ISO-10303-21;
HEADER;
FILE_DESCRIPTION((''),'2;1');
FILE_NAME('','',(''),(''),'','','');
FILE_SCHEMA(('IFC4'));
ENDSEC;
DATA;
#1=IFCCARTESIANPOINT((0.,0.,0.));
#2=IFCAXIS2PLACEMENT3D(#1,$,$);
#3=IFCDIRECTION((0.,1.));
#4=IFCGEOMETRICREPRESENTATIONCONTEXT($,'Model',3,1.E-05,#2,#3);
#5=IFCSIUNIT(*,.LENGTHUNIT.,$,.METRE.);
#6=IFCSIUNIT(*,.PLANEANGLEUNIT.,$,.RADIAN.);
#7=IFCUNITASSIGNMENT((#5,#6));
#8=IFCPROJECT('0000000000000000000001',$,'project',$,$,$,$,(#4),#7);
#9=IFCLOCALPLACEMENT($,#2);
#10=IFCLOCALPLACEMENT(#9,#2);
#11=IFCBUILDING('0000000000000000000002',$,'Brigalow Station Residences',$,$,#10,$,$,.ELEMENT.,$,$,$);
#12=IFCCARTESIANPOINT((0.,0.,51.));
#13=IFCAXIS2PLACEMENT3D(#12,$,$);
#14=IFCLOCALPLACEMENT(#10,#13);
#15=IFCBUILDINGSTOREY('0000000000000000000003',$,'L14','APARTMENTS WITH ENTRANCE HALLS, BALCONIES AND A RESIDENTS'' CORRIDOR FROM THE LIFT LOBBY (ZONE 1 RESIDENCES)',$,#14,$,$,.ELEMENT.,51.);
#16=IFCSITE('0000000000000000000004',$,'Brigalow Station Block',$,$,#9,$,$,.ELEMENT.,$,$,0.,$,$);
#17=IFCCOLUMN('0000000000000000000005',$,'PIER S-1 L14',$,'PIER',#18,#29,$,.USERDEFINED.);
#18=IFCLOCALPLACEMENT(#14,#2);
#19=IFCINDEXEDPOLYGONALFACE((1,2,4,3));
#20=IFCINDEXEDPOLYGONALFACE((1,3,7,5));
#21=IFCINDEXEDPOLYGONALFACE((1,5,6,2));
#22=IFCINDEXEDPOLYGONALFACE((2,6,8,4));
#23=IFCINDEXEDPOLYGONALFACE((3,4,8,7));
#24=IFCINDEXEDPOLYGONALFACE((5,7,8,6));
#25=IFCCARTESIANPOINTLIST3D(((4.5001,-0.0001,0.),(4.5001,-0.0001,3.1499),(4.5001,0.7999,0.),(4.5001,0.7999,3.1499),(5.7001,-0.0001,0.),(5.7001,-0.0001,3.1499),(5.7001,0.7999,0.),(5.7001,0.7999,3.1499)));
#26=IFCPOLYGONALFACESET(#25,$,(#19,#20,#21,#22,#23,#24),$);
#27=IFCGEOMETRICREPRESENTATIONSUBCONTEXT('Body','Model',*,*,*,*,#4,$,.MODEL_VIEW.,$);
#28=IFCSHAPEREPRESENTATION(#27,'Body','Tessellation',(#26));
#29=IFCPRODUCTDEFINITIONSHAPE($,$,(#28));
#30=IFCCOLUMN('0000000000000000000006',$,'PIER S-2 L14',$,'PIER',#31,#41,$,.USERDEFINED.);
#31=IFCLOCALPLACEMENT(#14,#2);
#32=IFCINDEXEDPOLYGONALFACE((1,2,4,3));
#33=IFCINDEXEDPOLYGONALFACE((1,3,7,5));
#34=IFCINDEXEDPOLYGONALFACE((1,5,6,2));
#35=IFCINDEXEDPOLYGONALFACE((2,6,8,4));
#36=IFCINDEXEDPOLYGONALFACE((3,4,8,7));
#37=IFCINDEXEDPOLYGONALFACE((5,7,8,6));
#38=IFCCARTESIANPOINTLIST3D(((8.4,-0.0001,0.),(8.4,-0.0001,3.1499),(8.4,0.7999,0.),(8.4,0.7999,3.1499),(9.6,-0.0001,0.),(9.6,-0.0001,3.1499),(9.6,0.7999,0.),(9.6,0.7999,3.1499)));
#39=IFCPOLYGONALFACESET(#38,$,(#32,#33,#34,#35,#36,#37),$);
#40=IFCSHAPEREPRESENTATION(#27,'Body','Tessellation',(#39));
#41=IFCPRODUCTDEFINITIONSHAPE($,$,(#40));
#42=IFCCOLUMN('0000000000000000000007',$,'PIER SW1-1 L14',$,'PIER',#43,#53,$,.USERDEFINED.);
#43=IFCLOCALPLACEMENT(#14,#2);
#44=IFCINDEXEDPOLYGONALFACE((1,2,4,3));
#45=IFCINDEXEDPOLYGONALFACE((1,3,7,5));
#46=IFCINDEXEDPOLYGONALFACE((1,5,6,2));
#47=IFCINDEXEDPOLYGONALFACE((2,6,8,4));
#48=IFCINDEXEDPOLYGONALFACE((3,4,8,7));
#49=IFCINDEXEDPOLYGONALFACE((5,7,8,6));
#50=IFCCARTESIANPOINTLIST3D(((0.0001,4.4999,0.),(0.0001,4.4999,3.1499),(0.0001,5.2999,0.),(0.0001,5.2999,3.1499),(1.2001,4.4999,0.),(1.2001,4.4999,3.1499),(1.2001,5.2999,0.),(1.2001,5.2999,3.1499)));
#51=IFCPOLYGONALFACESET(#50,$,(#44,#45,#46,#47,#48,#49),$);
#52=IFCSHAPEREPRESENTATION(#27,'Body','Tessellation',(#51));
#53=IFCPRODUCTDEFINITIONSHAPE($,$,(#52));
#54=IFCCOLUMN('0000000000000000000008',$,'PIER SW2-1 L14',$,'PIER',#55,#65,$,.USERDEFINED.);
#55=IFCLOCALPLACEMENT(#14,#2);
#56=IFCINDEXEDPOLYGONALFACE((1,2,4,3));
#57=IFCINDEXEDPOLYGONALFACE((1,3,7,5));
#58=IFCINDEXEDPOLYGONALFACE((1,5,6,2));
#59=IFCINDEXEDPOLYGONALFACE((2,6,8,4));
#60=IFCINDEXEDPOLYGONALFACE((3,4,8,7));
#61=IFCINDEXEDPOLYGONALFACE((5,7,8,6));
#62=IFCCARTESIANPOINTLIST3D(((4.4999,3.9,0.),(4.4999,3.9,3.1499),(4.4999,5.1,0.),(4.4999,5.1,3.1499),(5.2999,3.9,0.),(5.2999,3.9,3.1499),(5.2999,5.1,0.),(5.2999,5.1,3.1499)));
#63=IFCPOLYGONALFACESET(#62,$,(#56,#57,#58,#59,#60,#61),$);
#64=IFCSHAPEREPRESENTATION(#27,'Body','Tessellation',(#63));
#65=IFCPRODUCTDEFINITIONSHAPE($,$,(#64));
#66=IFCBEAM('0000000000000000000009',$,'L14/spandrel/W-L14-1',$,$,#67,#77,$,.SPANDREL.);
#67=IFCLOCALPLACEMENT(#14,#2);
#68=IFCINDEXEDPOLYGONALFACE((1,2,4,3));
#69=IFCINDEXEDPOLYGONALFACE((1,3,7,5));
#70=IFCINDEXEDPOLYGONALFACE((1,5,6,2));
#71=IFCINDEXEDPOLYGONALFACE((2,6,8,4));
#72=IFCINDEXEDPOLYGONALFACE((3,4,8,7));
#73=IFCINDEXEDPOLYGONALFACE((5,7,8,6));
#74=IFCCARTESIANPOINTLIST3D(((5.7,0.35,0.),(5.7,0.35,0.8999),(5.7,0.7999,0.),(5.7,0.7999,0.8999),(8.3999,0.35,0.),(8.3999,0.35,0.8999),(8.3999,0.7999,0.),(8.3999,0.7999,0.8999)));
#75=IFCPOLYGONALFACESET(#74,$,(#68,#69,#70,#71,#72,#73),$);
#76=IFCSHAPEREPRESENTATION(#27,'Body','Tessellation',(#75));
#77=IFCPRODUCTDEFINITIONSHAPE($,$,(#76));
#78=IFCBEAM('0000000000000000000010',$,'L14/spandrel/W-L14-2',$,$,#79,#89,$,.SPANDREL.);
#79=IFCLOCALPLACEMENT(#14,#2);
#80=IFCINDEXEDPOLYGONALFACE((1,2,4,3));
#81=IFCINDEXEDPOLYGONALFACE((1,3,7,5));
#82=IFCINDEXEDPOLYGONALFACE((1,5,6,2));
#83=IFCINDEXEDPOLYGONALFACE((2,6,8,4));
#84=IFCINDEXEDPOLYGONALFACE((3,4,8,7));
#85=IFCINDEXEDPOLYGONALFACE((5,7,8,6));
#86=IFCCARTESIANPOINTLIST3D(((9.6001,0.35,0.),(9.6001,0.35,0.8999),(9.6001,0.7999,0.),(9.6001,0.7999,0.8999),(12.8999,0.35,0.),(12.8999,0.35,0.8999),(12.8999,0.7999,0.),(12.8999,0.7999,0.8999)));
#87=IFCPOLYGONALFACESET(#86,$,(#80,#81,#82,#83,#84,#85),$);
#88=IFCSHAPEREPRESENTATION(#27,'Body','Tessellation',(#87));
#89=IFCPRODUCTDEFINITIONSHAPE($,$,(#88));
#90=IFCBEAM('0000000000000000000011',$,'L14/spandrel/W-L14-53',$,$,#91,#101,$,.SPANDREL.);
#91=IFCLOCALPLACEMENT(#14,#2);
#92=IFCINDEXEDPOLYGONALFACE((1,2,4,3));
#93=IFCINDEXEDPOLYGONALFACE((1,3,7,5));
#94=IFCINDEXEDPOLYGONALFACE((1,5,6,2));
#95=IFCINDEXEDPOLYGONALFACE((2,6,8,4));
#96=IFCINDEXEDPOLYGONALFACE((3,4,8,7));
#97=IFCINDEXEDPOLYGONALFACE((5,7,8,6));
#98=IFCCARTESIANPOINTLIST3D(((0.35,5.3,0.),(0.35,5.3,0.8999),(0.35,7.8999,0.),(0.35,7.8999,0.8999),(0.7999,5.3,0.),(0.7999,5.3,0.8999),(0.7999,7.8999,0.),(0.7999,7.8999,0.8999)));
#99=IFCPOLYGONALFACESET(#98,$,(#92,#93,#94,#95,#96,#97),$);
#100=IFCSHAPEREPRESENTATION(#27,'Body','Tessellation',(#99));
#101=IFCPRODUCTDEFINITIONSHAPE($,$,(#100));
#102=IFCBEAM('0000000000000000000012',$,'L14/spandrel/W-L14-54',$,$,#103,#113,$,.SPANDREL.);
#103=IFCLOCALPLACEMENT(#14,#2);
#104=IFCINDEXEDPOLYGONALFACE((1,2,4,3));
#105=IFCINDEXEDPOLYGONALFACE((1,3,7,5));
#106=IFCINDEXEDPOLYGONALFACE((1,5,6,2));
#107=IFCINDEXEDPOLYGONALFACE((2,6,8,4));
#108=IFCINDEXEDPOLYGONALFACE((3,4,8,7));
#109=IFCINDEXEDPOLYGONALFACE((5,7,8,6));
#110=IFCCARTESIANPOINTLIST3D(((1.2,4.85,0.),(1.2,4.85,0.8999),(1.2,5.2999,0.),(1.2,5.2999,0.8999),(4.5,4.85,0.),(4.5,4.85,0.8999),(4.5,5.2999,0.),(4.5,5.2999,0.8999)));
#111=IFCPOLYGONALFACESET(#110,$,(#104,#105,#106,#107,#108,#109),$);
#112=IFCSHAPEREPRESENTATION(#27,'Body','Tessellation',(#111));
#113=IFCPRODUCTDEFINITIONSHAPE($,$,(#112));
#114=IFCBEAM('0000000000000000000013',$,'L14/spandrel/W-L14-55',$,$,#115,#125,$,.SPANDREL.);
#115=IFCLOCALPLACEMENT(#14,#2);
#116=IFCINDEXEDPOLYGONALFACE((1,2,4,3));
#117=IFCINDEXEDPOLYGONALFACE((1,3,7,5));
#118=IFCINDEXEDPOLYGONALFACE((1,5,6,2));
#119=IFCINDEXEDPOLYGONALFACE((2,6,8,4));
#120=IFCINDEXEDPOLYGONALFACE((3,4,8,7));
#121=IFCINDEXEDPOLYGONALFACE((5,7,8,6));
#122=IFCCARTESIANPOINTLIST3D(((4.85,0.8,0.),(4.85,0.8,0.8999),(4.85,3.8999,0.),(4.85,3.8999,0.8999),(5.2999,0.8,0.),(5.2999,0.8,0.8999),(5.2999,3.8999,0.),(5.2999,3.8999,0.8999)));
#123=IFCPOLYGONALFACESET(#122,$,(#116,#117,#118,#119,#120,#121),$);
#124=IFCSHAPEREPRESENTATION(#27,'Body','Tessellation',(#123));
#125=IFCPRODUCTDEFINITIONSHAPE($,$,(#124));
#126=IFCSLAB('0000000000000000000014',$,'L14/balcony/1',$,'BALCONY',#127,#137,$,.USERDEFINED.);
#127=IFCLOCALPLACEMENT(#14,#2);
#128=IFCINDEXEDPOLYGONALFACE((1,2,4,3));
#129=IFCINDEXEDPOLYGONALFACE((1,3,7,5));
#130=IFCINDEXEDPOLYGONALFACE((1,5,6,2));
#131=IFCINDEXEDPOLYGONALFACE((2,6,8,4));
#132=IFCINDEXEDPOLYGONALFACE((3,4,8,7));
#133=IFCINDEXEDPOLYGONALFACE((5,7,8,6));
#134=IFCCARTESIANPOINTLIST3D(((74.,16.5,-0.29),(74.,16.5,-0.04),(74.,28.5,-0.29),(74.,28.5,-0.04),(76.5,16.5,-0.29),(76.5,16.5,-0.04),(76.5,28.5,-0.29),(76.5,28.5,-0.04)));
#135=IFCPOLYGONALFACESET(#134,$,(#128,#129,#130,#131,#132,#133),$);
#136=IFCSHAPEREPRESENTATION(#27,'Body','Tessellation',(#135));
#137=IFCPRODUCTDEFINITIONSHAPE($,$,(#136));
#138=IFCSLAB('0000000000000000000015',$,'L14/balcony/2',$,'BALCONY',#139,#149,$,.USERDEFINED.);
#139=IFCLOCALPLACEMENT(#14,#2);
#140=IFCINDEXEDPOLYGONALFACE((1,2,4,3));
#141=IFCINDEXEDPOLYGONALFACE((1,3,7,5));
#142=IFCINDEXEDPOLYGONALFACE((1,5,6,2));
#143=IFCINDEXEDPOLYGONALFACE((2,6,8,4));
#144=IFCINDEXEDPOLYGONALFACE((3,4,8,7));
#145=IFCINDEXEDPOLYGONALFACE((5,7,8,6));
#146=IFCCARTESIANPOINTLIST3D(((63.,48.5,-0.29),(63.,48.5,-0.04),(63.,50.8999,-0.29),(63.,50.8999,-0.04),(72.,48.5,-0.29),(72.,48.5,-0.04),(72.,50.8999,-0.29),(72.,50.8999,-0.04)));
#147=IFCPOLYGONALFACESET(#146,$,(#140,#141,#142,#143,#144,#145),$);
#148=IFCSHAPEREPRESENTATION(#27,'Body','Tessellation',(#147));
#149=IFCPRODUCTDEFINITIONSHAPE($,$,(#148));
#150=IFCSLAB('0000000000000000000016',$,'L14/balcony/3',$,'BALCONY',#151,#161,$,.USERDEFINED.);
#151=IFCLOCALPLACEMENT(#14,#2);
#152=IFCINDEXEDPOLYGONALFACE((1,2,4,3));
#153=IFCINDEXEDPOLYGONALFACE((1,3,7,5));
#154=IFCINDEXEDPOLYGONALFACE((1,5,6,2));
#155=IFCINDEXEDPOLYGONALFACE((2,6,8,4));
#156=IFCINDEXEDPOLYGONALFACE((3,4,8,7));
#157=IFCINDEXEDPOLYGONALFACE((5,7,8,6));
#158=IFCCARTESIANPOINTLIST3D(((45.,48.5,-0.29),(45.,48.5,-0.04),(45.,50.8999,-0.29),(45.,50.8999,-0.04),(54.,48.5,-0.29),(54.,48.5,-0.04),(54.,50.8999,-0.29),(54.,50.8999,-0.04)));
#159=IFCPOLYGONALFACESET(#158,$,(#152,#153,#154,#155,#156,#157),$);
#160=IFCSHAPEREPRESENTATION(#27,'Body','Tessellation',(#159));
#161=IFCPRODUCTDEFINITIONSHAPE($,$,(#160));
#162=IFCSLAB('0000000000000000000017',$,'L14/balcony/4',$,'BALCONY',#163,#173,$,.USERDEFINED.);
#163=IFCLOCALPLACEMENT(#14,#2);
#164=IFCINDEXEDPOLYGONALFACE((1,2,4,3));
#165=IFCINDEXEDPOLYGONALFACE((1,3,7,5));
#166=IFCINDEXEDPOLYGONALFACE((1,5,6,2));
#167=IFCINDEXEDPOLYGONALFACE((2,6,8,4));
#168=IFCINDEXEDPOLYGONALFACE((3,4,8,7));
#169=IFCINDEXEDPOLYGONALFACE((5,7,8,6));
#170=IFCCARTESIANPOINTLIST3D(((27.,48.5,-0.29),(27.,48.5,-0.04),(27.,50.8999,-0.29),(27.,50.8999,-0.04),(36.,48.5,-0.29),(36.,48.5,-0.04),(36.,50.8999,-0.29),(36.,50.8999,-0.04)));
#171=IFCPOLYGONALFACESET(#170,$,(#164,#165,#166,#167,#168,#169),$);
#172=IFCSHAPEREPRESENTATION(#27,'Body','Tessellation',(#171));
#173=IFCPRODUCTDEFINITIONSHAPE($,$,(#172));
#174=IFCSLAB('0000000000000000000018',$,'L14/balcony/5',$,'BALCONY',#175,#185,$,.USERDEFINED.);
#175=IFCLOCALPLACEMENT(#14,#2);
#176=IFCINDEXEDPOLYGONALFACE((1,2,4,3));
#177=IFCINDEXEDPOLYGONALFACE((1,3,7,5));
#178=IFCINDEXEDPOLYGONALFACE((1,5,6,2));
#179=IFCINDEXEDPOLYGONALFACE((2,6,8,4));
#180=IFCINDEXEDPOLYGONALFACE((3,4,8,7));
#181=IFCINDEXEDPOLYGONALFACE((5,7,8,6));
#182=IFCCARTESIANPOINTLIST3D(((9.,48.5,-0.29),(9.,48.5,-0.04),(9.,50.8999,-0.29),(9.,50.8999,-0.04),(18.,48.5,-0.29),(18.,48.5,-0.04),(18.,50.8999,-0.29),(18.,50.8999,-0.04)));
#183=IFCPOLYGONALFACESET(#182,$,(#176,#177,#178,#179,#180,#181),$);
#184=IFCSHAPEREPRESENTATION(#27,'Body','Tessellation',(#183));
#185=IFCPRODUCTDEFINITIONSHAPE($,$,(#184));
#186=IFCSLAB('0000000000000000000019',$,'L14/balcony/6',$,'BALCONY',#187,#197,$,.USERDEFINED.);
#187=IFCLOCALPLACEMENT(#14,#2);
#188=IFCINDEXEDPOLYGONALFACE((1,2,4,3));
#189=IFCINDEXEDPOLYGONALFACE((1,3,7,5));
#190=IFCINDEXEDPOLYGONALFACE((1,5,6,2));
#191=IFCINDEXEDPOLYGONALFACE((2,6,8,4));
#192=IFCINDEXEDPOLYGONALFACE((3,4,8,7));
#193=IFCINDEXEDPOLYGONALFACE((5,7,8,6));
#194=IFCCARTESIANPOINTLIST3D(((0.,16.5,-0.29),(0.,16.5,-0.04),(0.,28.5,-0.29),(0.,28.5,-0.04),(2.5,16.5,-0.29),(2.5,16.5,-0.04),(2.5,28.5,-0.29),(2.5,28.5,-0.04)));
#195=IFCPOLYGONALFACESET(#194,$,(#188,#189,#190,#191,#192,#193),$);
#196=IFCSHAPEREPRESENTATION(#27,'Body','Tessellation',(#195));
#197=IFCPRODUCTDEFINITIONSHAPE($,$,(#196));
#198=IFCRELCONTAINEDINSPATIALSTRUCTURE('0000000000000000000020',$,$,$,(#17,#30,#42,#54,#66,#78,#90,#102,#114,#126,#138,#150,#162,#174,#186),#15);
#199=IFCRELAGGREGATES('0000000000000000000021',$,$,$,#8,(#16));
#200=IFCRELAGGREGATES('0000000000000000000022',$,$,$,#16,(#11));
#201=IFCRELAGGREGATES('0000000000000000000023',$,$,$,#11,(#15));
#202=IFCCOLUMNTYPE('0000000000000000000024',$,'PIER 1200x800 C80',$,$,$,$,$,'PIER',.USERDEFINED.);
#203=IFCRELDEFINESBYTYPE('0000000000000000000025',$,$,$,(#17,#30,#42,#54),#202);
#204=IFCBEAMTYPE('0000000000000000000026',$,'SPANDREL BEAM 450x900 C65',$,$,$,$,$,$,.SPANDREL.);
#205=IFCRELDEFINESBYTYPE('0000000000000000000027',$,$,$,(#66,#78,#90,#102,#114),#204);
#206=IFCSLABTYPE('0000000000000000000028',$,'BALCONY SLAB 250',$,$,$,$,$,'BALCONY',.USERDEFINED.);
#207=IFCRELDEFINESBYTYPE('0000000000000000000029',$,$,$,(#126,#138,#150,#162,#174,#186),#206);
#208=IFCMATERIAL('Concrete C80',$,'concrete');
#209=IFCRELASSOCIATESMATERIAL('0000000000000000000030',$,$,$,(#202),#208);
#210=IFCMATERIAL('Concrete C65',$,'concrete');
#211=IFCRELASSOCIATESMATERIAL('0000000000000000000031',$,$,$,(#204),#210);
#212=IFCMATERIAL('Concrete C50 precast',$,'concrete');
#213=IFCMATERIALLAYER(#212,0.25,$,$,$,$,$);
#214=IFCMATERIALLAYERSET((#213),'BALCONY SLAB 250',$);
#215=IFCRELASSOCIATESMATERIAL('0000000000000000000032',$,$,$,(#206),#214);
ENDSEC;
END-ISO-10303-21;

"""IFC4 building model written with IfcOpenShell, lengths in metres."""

from ifc_helpers import new_model, si_unit, direction, frame, origin, origin_2d, place, context, subcontext, project, spatial, polyline, rectangle, outline, extrude, material, layer, layer_set, material_profile, profile_set, type_object, element, save


model = new_model("IFC4")

# Units and contexts
model_context = context("Model", 3, precision=1e-05, world=origin(), true_north=direction((0.0, 1.0)))
body_context = subcontext(model_context, "Body", "Model", "MODEL_VIEW")
ifc_project = project(units=[si_unit("LENGTHUNIT", "METRE"), si_unit("PLANEANGLEUNIT", "RADIAN")], contexts=[model_context])

# Site, building, storey
site_placement = place(None, origin())
site = spatial("IfcSite", under=ifc_project, at=site_placement, Name="Brigalow Station Block", CompositionType="ELEMENT", RefElevation=0.0)
building_placement = place(site_placement, origin())
building = spatial("IfcBuilding", under=site, at=building_placement, Name="Brigalow Station Residences", CompositionType="ELEMENT")
storey_placement = place(building_placement, frame((0.0, 0.0, 51.0)))
storey = spatial("IfcBuildingStorey", under=building, at=storey_placement, Name="L14", Description="APARTMENTS WITH ENTRANCE HALLS, BALCONIES AND A RESIDENTS' CORRIDOR FROM THE LIFT LOBBY (ZONE 1 RESIDENCES)", CompositionType="ELEMENT", Elevation=51.0)

# Columns
ifc_material_1 = material(Name="Concrete C80", Category="concrete")
ifc_material_profile_1 = material_profile(ifc_material_1, rectangle(XDim=1.2, YDim=0.8, at=origin_2d()), Name="RC1200x800")
ifc_profile_set_1 = profile_set([ifc_material_profile_1], Name="Concrete C80")
column_type = type_object("IfcColumnType", Name="PIER 1200x800 C80", ElementType="PIER", PredefinedType="USERDEFINED", material=ifc_profile_set_1)
for number, where, z_axis, x_axis, name in (
    (1, (5.1001, 0.3999, 0.0), (0.0, 0.0, 1.0), (1.0, 0.0, 0.0), "PIER S-1 L14"),
    (2, (9.0, 0.3999, 0.0), (0.0, 0.0, 1.0), (1.0, 0.0, 0.0), "PIER S-2 L14"),
    (3, (0.6001, 4.8999, 0.0), (0.0, 0.0, 1.0), (1.0, 0.0, 0.0), "PIER SW1-1 L14"),
    (4, (4.8999, 4.5, 0.0), (0.0, 0.0, 1.0), (0.0, -1.0, 0.0), "PIER SW2-1 L14"),
):
    element("IfcColumn", number, at=place(storey_placement, frame(where, z_axis=z_axis, x_axis=x_axis)), inside=storey, type_object=column_type, Name=name, ObjectType="PIER", PredefinedType="USERDEFINED", context=body_context, shape_type="SweptSolid", body=[
        extrude(rectangle(XDim=1.2, YDim=0.8, at=origin_2d()), origin(), (0.0, 0.0, 1.0), 3.1499),
    ])

# Beams
ifc_material_2 = material(Name="Concrete C65", Category="concrete")
ifc_material_profile_2 = material_profile(ifc_material_2, rectangle(XDim=0.45, YDim=0.8999, at=origin_2d()), Name="RC450x900")
ifc_profile_set_2 = profile_set([ifc_material_profile_2], Name="Concrete C65")
beam_type = type_object("IfcBeamType", Name="SPANDREL BEAM 450x900 C65", PredefinedType="SPANDREL", material=ifc_profile_set_2)
beam_1_placement = place(storey_placement, frame((5.7, 0.575, 0.45), z_axis=(1.0, 0.0, 0.0), x_axis=(0.0, 1.0, 0.0)))
element("IfcBeam", 5, at=beam_1_placement, inside=storey, type_object=beam_type, Name="L14/spandrel/W-L14-1", PredefinedType="SPANDREL", context=body_context, shape_type="SweptSolid", body=[
    extrude(rectangle(XDim=0.45, YDim=0.8999, at=origin_2d()), origin(), (0.0, 0.0, 1.0), 2.7),
])
beam_2_placement = place(storey_placement, frame((9.6001, 0.575, 0.45), z_axis=(1.0, 0.0, 0.0), x_axis=(0.0, 1.0, 0.0)))
element("IfcBeam", 6, at=beam_2_placement, inside=storey, type_object=beam_type, Name="L14/spandrel/W-L14-2", PredefinedType="SPANDREL", context=body_context, shape_type="SweptSolid", body=[
    extrude(rectangle(XDim=0.45, YDim=0.8999, at=origin_2d()), origin(), (0.0, 0.0, 1.0), 3.2998),
])
beam_3_placement = place(storey_placement, frame((0.575, 7.8999, 0.45), z_axis=(0.0, -1.0, 0.0), x_axis=(1.0, 0.0, 0.0)))
element("IfcBeam", 7, at=beam_3_placement, inside=storey, type_object=beam_type, Name="L14/spandrel/W-L14-53", PredefinedType="SPANDREL", context=body_context, shape_type="SweptSolid", body=[
    extrude(rectangle(XDim=0.45, YDim=0.8999, at=origin_2d()), origin(), (0.0, 0.0, 1.0), 2.5999),
])
beam_4_placement = place(storey_placement, frame((1.2, 5.075, 0.45), z_axis=(1.0, 0.0, 0.0), x_axis=(0.0, 1.0, 0.0)))
element("IfcBeam", 8, at=beam_4_placement, inside=storey, type_object=beam_type, Name="L14/spandrel/W-L14-54", PredefinedType="SPANDREL", context=body_context, shape_type="SweptSolid", body=[
    extrude(rectangle(XDim=0.45, YDim=0.8999, at=origin_2d()), origin(), (0.0, 0.0, 1.0), 3.3),
])
beam_5_placement = place(storey_placement, frame((5.075, 3.8999, 0.45), z_axis=(0.0, -1.0, 0.0), x_axis=(1.0, 0.0, 0.0)))
element("IfcBeam", 9, at=beam_5_placement, inside=storey, type_object=beam_type, Name="L14/spandrel/W-L14-55", PredefinedType="SPANDREL", context=body_context, shape_type="SweptSolid", body=[
    extrude(rectangle(XDim=0.45, YDim=0.8999, at=origin_2d()), origin(), (0.0, 0.0, 1.0), 3.0999),
])

# Slabs
ifc_material_3 = material(Name="Concrete C50 precast", Category="concrete")
ifc_layer_1 = layer(ifc_material_3, 0.25)
ifc_layer_set_1 = layer_set([ifc_layer_1], Name="BALCONY SLAB 250")
slab_type_1 = type_object("IfcSlabType", Name="BALCONY SLAB 250", ElementType="BALCONY", PredefinedType="USERDEFINED", material=ifc_layer_set_1)
slab_1_placement = place(storey_placement, frame((0.0, 0.0, -0.29)))
element("IfcSlab", 10, at=slab_1_placement, inside=storey, type_object=slab_type_1, Name="L14/balcony/1", ObjectType="BALCONY", PredefinedType="USERDEFINED", context=body_context, shape_type="SweptSolid", body=[
    extrude(outline(polyline([(74.0, 16.5), (76.5, 16.5), (76.5, 28.5), (74.0, 28.5), (74.0, 16.5)])), origin(), (0.0, 0.0, 1.0), 0.25),
])
slab_2_placement = place(storey_placement, frame((0.0, 0.0, -0.29)))
element("IfcSlab", 11, at=slab_2_placement, inside=storey, type_object=slab_type_1, Name="L14/balcony/2", ObjectType="BALCONY", PredefinedType="USERDEFINED", context=body_context, shape_type="SweptSolid", body=[
    extrude(outline(polyline([(72.0, 48.5), (72.0, 50.8999), (63.0, 50.8999), (63.0, 48.5), (72.0, 48.5)])), origin(), (0.0, 0.0, 1.0), 0.25),
])
slab_3_placement = place(storey_placement, frame((0.0, 0.0, -0.29)))
element("IfcSlab", 12, at=slab_3_placement, inside=storey, type_object=slab_type_1, Name="L14/balcony/3", ObjectType="BALCONY", PredefinedType="USERDEFINED", context=body_context, shape_type="SweptSolid", body=[
    extrude(outline(polyline([(54.0, 48.5), (54.0, 50.8999), (45.0, 50.8999), (45.0, 48.5), (54.0, 48.5)])), origin(), (0.0, 0.0, 1.0), 0.25),
])
slab_4_placement = place(storey_placement, frame((0.0, 0.0, -0.29)))
element("IfcSlab", 13, at=slab_4_placement, inside=storey, type_object=slab_type_1, Name="L14/balcony/4", ObjectType="BALCONY", PredefinedType="USERDEFINED", context=body_context, shape_type="SweptSolid", body=[
    extrude(outline(polyline([(36.0, 48.5), (36.0, 50.8999), (27.0, 50.8999), (27.0, 48.5), (36.0, 48.5)])), origin(), (0.0, 0.0, 1.0), 0.25),
])
slab_5_placement = place(storey_placement, frame((0.0, 0.0, -0.29)))
element("IfcSlab", 14, at=slab_5_placement, inside=storey, type_object=slab_type_1, Name="L14/balcony/5", ObjectType="BALCONY", PredefinedType="USERDEFINED", context=body_context, shape_type="SweptSolid", body=[
    extrude(outline(polyline([(18.0, 48.5), (18.0, 50.8999), (9.0, 50.8999), (9.0, 48.5), (18.0, 48.5)])), origin(), (0.0, 0.0, 1.0), 0.25),
])
slab_6_placement = place(storey_placement, frame((0.0, 0.0, -0.29)))
element("IfcSlab", 15, at=slab_6_placement, inside=storey, type_object=slab_type_1, Name="L14/balcony/6", ObjectType="BALCONY", PredefinedType="USERDEFINED", context=body_context, shape_type="SweptSolid", body=[
    extrude(outline(polyline([(2.5, 28.5), (0.0, 28.5), (0.0, 16.5), (2.5, 16.5), (2.5, 28.5)])), origin(), (0.0, 0.0, 1.0), 0.25),
])

save(model, "model.ifc")
